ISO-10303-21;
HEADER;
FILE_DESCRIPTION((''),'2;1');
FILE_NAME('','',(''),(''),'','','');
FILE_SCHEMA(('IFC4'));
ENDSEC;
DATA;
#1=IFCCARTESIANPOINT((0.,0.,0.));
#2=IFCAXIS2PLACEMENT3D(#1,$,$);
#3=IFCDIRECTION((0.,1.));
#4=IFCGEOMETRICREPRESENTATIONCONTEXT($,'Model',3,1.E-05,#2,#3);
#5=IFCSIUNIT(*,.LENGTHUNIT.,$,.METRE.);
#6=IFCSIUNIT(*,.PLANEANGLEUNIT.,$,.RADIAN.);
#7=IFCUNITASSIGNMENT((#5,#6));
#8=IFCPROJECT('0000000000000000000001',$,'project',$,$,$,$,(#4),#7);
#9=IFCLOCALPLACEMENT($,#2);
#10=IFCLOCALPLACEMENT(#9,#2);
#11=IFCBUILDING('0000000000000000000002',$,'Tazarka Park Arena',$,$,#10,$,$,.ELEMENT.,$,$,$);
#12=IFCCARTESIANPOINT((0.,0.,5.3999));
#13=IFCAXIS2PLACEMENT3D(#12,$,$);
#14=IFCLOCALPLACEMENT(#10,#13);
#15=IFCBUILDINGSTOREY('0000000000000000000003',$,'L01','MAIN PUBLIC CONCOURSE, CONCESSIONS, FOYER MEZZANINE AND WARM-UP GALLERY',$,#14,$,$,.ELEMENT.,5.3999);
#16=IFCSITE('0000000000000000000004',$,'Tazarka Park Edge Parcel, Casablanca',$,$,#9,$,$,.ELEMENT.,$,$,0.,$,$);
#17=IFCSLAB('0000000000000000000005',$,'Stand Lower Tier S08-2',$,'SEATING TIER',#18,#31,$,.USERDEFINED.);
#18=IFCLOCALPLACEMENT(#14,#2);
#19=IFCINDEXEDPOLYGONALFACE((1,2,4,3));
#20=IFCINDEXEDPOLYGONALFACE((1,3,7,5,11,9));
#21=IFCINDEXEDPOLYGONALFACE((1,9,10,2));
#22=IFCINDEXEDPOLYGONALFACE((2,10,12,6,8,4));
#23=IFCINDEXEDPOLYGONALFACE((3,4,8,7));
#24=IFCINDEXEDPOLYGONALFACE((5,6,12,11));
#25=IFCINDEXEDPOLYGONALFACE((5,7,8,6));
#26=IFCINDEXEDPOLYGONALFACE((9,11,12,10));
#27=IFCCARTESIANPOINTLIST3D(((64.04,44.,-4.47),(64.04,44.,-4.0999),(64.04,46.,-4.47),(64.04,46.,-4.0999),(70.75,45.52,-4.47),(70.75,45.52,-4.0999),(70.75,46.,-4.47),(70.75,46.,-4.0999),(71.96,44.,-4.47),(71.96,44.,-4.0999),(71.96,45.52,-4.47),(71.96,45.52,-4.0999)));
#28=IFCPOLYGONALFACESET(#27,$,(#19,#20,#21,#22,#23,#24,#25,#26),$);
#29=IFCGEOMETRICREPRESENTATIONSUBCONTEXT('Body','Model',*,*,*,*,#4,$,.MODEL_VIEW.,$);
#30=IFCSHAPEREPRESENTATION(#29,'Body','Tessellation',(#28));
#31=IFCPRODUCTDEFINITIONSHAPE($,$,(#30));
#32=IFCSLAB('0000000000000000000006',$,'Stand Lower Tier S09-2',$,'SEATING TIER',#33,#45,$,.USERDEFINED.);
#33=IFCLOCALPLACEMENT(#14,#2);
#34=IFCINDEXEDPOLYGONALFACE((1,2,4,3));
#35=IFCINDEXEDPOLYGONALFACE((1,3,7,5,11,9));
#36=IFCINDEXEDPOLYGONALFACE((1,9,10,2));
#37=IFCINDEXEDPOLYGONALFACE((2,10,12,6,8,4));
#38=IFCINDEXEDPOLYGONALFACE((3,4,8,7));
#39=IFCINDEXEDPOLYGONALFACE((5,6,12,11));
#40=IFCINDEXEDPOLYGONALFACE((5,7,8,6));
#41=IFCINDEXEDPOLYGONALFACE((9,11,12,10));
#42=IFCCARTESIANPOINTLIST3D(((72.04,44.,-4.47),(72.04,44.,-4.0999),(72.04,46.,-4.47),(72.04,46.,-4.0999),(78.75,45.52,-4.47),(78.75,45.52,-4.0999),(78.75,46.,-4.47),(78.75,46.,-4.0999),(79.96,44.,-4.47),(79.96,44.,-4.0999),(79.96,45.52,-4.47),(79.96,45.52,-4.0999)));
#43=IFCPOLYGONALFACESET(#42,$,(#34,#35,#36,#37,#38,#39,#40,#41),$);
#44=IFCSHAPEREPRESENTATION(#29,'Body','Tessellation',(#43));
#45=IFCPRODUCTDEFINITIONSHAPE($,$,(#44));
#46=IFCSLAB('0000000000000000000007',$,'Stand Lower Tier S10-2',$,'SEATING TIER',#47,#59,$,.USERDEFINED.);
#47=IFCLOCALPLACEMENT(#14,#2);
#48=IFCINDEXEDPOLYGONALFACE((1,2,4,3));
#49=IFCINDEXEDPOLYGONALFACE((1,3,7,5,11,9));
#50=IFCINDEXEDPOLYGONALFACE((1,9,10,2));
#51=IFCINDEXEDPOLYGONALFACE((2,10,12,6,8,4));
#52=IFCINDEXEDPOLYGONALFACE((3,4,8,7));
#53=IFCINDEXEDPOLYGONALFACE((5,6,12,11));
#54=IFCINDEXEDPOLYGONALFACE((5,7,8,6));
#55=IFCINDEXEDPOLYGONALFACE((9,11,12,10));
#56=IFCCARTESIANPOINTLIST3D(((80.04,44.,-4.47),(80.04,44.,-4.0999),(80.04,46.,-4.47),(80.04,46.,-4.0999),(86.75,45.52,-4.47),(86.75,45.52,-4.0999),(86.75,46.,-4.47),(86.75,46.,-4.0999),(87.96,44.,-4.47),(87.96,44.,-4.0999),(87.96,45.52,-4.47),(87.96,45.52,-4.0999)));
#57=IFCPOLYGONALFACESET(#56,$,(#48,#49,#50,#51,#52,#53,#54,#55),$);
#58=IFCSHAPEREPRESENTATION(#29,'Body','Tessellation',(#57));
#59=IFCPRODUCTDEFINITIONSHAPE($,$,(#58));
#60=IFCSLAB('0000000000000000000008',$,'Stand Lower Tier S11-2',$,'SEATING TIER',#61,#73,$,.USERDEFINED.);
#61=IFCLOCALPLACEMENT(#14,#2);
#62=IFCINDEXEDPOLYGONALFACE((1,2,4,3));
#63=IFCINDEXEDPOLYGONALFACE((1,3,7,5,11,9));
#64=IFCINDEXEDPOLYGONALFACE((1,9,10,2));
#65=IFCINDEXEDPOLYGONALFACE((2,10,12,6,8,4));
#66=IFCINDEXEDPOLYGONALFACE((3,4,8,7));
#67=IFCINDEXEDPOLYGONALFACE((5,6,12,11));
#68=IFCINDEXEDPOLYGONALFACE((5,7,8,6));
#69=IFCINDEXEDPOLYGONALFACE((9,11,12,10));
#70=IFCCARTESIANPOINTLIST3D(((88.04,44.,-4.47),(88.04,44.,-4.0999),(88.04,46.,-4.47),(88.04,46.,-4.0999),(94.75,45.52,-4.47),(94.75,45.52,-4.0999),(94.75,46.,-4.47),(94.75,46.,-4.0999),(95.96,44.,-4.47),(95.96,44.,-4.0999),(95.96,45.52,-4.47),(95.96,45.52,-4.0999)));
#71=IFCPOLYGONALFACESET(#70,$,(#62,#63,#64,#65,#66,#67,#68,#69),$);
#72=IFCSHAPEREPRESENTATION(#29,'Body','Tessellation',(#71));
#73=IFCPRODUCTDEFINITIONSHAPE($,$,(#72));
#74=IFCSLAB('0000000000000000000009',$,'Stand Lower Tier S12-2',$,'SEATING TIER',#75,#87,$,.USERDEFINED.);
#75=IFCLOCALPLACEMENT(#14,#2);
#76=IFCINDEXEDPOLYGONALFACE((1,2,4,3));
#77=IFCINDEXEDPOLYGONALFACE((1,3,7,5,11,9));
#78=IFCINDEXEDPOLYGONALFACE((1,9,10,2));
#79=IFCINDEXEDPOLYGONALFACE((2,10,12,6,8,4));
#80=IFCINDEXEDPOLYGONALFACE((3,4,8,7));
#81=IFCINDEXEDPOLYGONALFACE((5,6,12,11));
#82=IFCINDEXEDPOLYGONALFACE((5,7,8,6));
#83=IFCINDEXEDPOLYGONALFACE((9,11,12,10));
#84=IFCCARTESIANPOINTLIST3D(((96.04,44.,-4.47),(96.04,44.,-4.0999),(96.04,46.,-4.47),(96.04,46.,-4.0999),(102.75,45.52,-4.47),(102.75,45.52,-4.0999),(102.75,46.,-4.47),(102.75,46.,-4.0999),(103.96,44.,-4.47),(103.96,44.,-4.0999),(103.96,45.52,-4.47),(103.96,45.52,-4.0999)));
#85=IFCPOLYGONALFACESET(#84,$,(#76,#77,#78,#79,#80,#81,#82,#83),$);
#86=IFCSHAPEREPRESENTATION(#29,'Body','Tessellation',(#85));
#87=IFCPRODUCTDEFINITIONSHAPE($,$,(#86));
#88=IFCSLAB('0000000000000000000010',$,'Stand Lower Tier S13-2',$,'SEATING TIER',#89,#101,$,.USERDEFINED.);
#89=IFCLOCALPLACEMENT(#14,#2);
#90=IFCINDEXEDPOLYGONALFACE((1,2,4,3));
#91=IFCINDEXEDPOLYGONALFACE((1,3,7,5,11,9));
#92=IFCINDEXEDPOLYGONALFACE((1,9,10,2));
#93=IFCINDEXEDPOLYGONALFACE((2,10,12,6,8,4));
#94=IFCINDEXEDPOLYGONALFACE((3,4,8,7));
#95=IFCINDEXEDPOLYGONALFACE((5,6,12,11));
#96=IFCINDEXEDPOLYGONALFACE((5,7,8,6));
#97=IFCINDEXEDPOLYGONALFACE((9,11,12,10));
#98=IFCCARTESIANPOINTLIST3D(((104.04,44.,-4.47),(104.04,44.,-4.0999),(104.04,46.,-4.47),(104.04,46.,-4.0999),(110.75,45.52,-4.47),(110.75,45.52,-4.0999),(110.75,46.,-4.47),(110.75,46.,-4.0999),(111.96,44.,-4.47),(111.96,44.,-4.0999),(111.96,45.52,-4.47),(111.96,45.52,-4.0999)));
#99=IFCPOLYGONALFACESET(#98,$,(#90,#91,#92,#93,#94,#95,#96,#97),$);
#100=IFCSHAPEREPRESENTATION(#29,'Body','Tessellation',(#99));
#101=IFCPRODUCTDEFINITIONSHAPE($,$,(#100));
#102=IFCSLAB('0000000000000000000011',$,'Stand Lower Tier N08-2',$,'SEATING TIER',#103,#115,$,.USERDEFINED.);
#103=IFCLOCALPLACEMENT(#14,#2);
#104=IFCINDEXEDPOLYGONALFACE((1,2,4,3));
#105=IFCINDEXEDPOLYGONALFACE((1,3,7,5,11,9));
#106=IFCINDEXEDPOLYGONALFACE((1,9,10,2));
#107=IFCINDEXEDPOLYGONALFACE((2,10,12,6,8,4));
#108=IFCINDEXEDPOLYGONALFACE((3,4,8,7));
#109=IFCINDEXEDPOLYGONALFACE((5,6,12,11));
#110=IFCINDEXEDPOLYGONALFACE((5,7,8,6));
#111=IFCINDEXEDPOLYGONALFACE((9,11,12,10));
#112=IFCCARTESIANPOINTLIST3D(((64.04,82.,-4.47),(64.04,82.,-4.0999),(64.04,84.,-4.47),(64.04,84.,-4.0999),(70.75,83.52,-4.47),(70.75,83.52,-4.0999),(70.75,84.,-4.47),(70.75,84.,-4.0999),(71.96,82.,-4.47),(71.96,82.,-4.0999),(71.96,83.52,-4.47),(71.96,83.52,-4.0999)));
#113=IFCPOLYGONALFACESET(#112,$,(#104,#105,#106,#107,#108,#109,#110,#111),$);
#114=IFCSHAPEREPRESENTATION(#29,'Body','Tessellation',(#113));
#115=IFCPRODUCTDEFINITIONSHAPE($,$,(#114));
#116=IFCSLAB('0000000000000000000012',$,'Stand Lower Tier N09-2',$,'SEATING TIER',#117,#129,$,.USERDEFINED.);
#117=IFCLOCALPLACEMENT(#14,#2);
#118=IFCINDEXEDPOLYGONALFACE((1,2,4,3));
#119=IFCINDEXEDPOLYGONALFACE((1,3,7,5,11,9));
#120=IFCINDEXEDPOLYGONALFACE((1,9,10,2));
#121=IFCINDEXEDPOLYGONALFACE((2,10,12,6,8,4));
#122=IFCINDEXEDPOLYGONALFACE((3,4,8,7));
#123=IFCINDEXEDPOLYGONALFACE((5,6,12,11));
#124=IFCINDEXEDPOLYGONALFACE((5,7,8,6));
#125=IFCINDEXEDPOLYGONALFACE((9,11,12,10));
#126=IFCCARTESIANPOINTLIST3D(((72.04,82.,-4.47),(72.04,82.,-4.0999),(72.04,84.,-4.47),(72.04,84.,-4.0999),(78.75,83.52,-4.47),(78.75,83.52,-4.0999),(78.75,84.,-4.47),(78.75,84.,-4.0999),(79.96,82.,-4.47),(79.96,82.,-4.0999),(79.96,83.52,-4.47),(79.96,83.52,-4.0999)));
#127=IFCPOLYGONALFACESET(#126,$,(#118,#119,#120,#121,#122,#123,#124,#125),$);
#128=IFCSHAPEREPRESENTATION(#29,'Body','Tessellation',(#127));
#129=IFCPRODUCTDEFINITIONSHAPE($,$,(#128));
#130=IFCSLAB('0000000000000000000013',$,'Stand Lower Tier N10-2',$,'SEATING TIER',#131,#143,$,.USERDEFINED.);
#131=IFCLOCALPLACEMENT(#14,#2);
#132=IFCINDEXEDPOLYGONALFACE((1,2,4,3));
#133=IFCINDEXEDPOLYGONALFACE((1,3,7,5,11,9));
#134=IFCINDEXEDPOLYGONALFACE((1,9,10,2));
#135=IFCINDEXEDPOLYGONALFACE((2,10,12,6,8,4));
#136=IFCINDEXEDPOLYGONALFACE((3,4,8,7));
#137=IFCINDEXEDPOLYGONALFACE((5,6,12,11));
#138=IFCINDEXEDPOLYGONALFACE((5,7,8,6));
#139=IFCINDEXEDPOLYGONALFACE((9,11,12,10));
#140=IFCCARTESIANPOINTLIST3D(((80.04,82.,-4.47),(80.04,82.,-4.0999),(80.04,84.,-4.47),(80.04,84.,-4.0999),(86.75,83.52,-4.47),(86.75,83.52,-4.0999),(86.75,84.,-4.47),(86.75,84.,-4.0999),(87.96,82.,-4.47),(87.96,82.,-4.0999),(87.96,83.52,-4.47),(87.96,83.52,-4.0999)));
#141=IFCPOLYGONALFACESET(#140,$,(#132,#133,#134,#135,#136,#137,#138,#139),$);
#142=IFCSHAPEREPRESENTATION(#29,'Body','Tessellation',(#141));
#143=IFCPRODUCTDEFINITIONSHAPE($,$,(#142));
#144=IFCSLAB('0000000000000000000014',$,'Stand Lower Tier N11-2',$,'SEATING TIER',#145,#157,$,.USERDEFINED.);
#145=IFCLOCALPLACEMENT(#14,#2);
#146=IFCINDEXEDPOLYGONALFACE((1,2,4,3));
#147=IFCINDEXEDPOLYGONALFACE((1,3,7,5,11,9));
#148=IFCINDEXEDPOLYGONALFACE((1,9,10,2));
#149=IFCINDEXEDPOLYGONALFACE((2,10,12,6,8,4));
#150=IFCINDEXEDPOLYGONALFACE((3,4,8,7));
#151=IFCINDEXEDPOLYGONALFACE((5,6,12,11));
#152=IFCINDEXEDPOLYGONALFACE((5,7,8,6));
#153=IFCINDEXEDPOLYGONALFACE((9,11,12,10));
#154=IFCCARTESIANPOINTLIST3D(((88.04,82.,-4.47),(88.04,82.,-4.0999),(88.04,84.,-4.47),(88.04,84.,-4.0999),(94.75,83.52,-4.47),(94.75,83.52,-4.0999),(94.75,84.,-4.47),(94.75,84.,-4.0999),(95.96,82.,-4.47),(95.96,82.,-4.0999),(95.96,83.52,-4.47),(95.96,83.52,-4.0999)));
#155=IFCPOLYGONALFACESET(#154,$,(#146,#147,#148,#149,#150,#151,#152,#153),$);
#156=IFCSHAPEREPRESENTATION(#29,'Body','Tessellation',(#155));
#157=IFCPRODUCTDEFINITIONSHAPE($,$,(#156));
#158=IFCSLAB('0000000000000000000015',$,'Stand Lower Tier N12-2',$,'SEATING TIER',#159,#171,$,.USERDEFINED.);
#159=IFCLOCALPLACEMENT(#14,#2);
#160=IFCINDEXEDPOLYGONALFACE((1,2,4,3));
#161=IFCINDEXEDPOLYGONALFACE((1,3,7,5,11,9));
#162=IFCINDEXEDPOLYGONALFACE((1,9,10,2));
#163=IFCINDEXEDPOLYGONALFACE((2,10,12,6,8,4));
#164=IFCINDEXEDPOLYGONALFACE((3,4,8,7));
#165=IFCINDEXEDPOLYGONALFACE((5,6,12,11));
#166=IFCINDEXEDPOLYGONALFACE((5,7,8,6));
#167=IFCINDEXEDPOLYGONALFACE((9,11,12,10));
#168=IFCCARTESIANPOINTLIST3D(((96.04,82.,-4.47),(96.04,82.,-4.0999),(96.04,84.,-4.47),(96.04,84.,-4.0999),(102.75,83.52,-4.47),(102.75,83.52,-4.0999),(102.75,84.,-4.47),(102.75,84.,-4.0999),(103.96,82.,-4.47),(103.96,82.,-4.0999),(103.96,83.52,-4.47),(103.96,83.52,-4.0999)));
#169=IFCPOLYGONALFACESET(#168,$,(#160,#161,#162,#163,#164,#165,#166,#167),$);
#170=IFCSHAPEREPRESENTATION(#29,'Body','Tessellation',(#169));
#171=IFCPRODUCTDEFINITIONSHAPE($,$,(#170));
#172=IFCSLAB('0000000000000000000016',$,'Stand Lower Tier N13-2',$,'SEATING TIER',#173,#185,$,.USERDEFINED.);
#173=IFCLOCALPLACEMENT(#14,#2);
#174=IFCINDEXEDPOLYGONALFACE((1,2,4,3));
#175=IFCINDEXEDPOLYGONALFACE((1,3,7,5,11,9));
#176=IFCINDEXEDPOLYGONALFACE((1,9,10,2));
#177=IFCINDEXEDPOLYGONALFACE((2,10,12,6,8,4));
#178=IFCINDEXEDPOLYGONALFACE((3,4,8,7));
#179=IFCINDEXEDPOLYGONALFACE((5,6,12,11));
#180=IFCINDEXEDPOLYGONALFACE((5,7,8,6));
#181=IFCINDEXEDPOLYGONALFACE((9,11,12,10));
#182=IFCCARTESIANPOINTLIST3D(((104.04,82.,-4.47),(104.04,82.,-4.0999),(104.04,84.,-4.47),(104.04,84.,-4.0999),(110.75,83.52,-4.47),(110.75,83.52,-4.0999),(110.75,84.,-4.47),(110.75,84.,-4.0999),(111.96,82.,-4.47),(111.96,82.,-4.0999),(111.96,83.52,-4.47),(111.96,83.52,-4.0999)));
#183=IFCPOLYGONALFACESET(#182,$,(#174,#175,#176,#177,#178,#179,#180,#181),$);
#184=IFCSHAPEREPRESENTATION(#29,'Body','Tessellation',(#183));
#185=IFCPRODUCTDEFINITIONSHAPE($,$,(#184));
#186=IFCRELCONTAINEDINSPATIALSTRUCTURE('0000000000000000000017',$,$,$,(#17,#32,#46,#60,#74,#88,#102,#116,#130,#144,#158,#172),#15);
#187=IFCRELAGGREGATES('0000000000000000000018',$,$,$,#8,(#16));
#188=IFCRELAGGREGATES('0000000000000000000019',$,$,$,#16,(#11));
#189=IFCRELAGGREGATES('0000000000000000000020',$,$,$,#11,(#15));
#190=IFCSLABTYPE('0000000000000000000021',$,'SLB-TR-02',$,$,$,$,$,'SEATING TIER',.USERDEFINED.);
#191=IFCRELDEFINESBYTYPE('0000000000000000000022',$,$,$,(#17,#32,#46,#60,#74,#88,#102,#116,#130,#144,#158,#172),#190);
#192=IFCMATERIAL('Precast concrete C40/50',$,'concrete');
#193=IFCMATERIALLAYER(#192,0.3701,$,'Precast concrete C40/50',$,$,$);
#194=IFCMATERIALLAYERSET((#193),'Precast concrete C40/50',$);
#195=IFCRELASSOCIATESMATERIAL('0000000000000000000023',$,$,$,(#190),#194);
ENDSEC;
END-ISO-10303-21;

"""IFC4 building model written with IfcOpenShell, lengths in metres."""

from ifc_helpers import new_model, si_unit, direction, frame, origin, place, context, subcontext, project, spatial, polyline, outline, extrude, material, layer, layer_set, type_object, element, save


model = new_model("IFC4")

# Units and contexts
model_context = context("Model", 3, precision=1e-05, world=origin(), true_north=direction((0.0, 1.0)))
body_context = subcontext(model_context, "Body", "Model", "MODEL_VIEW")
ifc_project = project(units=[si_unit("LENGTHUNIT", "METRE"), si_unit("PLANEANGLEUNIT", "RADIAN")], contexts=[model_context])

# Site, building, storey
site_placement = place(None, origin())
site = spatial("IfcSite", under=ifc_project, at=site_placement, Name="Tazarka Park Edge Parcel, Casablanca", CompositionType="ELEMENT", RefElevation=0.0)
building_placement = place(site_placement, origin())
building = spatial("IfcBuilding", under=site, at=building_placement, Name="Tazarka Park Arena", CompositionType="ELEMENT")
storey_placement = place(building_placement, frame((0.0, 0.0, 5.3999)))
storey = spatial("IfcBuildingStorey", under=building, at=storey_placement, Name="L01", Description="MAIN PUBLIC CONCOURSE, CONCESSIONS, FOYER MEZZANINE AND WARM-UP GALLERY", CompositionType="ELEMENT", Elevation=5.3999)

# Slabs
ifc_material_1 = material(Name="Precast concrete C40/50", Category="concrete")
ifc_layer_1 = layer(ifc_material_1, 0.3701, Name="Precast concrete C40/50")
ifc_layer_set_1 = layer_set([ifc_layer_1], Name="Precast concrete C40/50")
slab_type_1 = type_object("IfcSlabType", Name="SLB-TR-02", ElementType="SEATING TIER", PredefinedType="USERDEFINED", material=ifc_layer_set_1)
slab_1_placement = place(storey_placement, frame((0.0, 0.0, -4.47)))
element("IfcSlab", 1, at=slab_1_placement, inside=storey, type_object=slab_type_1, Name="Stand Lower Tier S08-2", ObjectType="SEATING TIER", PredefinedType="USERDEFINED", context=body_context, shape_type="SweptSolid", body=[
    extrude(outline(polyline([(64.04, 44.0), (71.96, 44.0), (71.96, 45.52), (70.75, 45.52), (70.75, 46.0), (64.04, 46.0), (64.04, 44.0)])), origin(), (0.0, 0.0, 1.0), 0.3701),
])
slab_2_placement = place(storey_placement, frame((0.0, 0.0, -4.47)))
element("IfcSlab", 2, at=slab_2_placement, inside=storey, type_object=slab_type_1, Name="Stand Lower Tier S09-2", ObjectType="SEATING TIER", PredefinedType="USERDEFINED", context=body_context, shape_type="SweptSolid", body=[
    extrude(outline(polyline([(72.04, 44.0), (79.96, 44.0), (79.96, 45.52), (78.75, 45.52), (78.75, 46.0), (72.04, 46.0), (72.04, 44.0)])), origin(), (0.0, 0.0, 1.0), 0.3701),
])
slab_3_placement = place(storey_placement, frame((0.0, 0.0, -4.47)))
element("IfcSlab", 3, at=slab_3_placement, inside=storey, type_object=slab_type_1, Name="Stand Lower Tier S10-2", ObjectType="SEATING TIER", PredefinedType="USERDEFINED", context=body_context, shape_type="SweptSolid", body=[
    extrude(outline(polyline([(80.04, 44.0), (87.96, 44.0), (87.96, 45.52), (86.75, 45.52), (86.75, 46.0), (80.04, 46.0), (80.04, 44.0)])), origin(), (0.0, 0.0, 1.0), 0.3701),
])
slab_4_placement = place(storey_placement, frame((0.0, 0.0, -4.47)))
element("IfcSlab", 4, at=slab_4_placement, inside=storey, type_object=slab_type_1, Name="Stand Lower Tier S11-2", ObjectType="SEATING TIER", PredefinedType="USERDEFINED", context=body_context, shape_type="SweptSolid", body=[
    extrude(outline(polyline([(88.04, 44.0), (95.96, 44.0), (95.96, 45.52), (94.75, 45.52), (94.75, 46.0), (88.04, 46.0), (88.04, 44.0)])), origin(), (0.0, 0.0, 1.0), 0.3701),
])
slab_5_placement = place(storey_placement, frame((0.0, 0.0, -4.47)))
element("IfcSlab", 5, at=slab_5_placement, inside=storey, type_object=slab_type_1, Name="Stand Lower Tier S12-2", ObjectType="SEATING TIER", PredefinedType="USERDEFINED", context=body_context, shape_type="SweptSolid", body=[
    extrude(outline(polyline([(96.04, 44.0), (103.96, 44.0), (103.96, 45.52), (102.75, 45.52), (102.75, 46.0), (96.04, 46.0), (96.04, 44.0)])), origin(), (0.0, 0.0, 1.0), 0.3701),
])
slab_6_placement = place(storey_placement, frame((0.0, 0.0, -4.47)))
element("IfcSlab", 6, at=slab_6_placement, inside=storey, type_object=slab_type_1, Name="Stand Lower Tier S13-2", ObjectType="SEATING TIER", PredefinedType="USERDEFINED", context=body_context, shape_type="SweptSolid", body=[
    extrude(outline(polyline([(104.04, 44.0), (111.96, 44.0), (111.96, 45.52), (110.75, 45.52), (110.75, 46.0), (104.04, 46.0), (104.04, 44.0)])), origin(), (0.0, 0.0, 1.0), 0.3701),
])
slab_7_placement = place(storey_placement, frame((0.0, 0.0, -4.47)))
element("IfcSlab", 7, at=slab_7_placement, inside=storey, type_object=slab_type_1, Name="Stand Lower Tier N08-2", ObjectType="SEATING TIER", PredefinedType="USERDEFINED", context=body_context, shape_type="SweptSolid", body=[
    extrude(outline(polyline([(64.04, 82.0), (71.96, 82.0), (71.96, 83.52), (70.75, 83.52), (70.75, 84.0), (64.04, 84.0), (64.04, 82.0)])), origin(), (0.0, 0.0, 1.0), 0.3701),
])
slab_8_placement = place(storey_placement, frame((0.0, 0.0, -4.47)))
element("IfcSlab", 8, at=slab_8_placement, inside=storey, type_object=slab_type_1, Name="Stand Lower Tier N09-2", ObjectType="SEATING TIER", PredefinedType="USERDEFINED", context=body_context, shape_type="SweptSolid", body=[
    extrude(outline(polyline([(72.04, 82.0), (79.96, 82.0), (79.96, 83.52), (78.75, 83.52), (78.75, 84.0), (72.04, 84.0), (72.04, 82.0)])), origin(), (0.0, 0.0, 1.0), 0.3701),
])
slab_9_placement = place(storey_placement, frame((0.0, 0.0, -4.47)))
element("IfcSlab", 9, at=slab_9_placement, inside=storey, type_object=slab_type_1, Name="Stand Lower Tier N10-2", ObjectType="SEATING TIER", PredefinedType="USERDEFINED", context=body_context, shape_type="SweptSolid", body=[
    extrude(outline(polyline([(80.04, 82.0), (87.96, 82.0), (87.96, 83.52), (86.75, 83.52), (86.75, 84.0), (80.04, 84.0), (80.04, 82.0)])), origin(), (0.0, 0.0, 1.0), 0.3701),
])
slab_10_placement = place(storey_placement, frame((0.0, 0.0, -4.47)))
element("IfcSlab", 10, at=slab_10_placement, inside=storey, type_object=slab_type_1, Name="Stand Lower Tier N11-2", ObjectType="SEATING TIER", PredefinedType="USERDEFINED", context=body_context, shape_type="SweptSolid", body=[
    extrude(outline(polyline([(88.04, 82.0), (95.96, 82.0), (95.96, 83.52), (94.75, 83.52), (94.75, 84.0), (88.04, 84.0), (88.04, 82.0)])), origin(), (0.0, 0.0, 1.0), 0.3701),
])
slab_11_placement = place(storey_placement, frame((0.0, 0.0, -4.47)))
element("IfcSlab", 11, at=slab_11_placement, inside=storey, type_object=slab_type_1, Name="Stand Lower Tier N12-2", ObjectType="SEATING TIER", PredefinedType="USERDEFINED", context=body_context, shape_type="SweptSolid", body=[
    extrude(outline(polyline([(96.04, 82.0), (103.96, 82.0), (103.96, 83.52), (102.75, 83.52), (102.75, 84.0), (96.04, 84.0), (96.04, 82.0)])), origin(), (0.0, 0.0, 1.0), 0.3701),
])
slab_12_placement = place(storey_placement, frame((0.0, 0.0, -4.47)))
element("IfcSlab", 12, at=slab_12_placement, inside=storey, type_object=slab_type_1, Name="Stand Lower Tier N13-2", ObjectType="SEATING TIER", PredefinedType="USERDEFINED", context=body_context, shape_type="SweptSolid", body=[
    extrude(outline(polyline([(104.04, 82.0), (111.96, 82.0), (111.96, 83.52), (110.75, 83.52), (110.75, 84.0), (104.04, 84.0), (104.04, 82.0)])), origin(), (0.0, 0.0, 1.0), 0.3701),
])

save(model, "model.ifc")
